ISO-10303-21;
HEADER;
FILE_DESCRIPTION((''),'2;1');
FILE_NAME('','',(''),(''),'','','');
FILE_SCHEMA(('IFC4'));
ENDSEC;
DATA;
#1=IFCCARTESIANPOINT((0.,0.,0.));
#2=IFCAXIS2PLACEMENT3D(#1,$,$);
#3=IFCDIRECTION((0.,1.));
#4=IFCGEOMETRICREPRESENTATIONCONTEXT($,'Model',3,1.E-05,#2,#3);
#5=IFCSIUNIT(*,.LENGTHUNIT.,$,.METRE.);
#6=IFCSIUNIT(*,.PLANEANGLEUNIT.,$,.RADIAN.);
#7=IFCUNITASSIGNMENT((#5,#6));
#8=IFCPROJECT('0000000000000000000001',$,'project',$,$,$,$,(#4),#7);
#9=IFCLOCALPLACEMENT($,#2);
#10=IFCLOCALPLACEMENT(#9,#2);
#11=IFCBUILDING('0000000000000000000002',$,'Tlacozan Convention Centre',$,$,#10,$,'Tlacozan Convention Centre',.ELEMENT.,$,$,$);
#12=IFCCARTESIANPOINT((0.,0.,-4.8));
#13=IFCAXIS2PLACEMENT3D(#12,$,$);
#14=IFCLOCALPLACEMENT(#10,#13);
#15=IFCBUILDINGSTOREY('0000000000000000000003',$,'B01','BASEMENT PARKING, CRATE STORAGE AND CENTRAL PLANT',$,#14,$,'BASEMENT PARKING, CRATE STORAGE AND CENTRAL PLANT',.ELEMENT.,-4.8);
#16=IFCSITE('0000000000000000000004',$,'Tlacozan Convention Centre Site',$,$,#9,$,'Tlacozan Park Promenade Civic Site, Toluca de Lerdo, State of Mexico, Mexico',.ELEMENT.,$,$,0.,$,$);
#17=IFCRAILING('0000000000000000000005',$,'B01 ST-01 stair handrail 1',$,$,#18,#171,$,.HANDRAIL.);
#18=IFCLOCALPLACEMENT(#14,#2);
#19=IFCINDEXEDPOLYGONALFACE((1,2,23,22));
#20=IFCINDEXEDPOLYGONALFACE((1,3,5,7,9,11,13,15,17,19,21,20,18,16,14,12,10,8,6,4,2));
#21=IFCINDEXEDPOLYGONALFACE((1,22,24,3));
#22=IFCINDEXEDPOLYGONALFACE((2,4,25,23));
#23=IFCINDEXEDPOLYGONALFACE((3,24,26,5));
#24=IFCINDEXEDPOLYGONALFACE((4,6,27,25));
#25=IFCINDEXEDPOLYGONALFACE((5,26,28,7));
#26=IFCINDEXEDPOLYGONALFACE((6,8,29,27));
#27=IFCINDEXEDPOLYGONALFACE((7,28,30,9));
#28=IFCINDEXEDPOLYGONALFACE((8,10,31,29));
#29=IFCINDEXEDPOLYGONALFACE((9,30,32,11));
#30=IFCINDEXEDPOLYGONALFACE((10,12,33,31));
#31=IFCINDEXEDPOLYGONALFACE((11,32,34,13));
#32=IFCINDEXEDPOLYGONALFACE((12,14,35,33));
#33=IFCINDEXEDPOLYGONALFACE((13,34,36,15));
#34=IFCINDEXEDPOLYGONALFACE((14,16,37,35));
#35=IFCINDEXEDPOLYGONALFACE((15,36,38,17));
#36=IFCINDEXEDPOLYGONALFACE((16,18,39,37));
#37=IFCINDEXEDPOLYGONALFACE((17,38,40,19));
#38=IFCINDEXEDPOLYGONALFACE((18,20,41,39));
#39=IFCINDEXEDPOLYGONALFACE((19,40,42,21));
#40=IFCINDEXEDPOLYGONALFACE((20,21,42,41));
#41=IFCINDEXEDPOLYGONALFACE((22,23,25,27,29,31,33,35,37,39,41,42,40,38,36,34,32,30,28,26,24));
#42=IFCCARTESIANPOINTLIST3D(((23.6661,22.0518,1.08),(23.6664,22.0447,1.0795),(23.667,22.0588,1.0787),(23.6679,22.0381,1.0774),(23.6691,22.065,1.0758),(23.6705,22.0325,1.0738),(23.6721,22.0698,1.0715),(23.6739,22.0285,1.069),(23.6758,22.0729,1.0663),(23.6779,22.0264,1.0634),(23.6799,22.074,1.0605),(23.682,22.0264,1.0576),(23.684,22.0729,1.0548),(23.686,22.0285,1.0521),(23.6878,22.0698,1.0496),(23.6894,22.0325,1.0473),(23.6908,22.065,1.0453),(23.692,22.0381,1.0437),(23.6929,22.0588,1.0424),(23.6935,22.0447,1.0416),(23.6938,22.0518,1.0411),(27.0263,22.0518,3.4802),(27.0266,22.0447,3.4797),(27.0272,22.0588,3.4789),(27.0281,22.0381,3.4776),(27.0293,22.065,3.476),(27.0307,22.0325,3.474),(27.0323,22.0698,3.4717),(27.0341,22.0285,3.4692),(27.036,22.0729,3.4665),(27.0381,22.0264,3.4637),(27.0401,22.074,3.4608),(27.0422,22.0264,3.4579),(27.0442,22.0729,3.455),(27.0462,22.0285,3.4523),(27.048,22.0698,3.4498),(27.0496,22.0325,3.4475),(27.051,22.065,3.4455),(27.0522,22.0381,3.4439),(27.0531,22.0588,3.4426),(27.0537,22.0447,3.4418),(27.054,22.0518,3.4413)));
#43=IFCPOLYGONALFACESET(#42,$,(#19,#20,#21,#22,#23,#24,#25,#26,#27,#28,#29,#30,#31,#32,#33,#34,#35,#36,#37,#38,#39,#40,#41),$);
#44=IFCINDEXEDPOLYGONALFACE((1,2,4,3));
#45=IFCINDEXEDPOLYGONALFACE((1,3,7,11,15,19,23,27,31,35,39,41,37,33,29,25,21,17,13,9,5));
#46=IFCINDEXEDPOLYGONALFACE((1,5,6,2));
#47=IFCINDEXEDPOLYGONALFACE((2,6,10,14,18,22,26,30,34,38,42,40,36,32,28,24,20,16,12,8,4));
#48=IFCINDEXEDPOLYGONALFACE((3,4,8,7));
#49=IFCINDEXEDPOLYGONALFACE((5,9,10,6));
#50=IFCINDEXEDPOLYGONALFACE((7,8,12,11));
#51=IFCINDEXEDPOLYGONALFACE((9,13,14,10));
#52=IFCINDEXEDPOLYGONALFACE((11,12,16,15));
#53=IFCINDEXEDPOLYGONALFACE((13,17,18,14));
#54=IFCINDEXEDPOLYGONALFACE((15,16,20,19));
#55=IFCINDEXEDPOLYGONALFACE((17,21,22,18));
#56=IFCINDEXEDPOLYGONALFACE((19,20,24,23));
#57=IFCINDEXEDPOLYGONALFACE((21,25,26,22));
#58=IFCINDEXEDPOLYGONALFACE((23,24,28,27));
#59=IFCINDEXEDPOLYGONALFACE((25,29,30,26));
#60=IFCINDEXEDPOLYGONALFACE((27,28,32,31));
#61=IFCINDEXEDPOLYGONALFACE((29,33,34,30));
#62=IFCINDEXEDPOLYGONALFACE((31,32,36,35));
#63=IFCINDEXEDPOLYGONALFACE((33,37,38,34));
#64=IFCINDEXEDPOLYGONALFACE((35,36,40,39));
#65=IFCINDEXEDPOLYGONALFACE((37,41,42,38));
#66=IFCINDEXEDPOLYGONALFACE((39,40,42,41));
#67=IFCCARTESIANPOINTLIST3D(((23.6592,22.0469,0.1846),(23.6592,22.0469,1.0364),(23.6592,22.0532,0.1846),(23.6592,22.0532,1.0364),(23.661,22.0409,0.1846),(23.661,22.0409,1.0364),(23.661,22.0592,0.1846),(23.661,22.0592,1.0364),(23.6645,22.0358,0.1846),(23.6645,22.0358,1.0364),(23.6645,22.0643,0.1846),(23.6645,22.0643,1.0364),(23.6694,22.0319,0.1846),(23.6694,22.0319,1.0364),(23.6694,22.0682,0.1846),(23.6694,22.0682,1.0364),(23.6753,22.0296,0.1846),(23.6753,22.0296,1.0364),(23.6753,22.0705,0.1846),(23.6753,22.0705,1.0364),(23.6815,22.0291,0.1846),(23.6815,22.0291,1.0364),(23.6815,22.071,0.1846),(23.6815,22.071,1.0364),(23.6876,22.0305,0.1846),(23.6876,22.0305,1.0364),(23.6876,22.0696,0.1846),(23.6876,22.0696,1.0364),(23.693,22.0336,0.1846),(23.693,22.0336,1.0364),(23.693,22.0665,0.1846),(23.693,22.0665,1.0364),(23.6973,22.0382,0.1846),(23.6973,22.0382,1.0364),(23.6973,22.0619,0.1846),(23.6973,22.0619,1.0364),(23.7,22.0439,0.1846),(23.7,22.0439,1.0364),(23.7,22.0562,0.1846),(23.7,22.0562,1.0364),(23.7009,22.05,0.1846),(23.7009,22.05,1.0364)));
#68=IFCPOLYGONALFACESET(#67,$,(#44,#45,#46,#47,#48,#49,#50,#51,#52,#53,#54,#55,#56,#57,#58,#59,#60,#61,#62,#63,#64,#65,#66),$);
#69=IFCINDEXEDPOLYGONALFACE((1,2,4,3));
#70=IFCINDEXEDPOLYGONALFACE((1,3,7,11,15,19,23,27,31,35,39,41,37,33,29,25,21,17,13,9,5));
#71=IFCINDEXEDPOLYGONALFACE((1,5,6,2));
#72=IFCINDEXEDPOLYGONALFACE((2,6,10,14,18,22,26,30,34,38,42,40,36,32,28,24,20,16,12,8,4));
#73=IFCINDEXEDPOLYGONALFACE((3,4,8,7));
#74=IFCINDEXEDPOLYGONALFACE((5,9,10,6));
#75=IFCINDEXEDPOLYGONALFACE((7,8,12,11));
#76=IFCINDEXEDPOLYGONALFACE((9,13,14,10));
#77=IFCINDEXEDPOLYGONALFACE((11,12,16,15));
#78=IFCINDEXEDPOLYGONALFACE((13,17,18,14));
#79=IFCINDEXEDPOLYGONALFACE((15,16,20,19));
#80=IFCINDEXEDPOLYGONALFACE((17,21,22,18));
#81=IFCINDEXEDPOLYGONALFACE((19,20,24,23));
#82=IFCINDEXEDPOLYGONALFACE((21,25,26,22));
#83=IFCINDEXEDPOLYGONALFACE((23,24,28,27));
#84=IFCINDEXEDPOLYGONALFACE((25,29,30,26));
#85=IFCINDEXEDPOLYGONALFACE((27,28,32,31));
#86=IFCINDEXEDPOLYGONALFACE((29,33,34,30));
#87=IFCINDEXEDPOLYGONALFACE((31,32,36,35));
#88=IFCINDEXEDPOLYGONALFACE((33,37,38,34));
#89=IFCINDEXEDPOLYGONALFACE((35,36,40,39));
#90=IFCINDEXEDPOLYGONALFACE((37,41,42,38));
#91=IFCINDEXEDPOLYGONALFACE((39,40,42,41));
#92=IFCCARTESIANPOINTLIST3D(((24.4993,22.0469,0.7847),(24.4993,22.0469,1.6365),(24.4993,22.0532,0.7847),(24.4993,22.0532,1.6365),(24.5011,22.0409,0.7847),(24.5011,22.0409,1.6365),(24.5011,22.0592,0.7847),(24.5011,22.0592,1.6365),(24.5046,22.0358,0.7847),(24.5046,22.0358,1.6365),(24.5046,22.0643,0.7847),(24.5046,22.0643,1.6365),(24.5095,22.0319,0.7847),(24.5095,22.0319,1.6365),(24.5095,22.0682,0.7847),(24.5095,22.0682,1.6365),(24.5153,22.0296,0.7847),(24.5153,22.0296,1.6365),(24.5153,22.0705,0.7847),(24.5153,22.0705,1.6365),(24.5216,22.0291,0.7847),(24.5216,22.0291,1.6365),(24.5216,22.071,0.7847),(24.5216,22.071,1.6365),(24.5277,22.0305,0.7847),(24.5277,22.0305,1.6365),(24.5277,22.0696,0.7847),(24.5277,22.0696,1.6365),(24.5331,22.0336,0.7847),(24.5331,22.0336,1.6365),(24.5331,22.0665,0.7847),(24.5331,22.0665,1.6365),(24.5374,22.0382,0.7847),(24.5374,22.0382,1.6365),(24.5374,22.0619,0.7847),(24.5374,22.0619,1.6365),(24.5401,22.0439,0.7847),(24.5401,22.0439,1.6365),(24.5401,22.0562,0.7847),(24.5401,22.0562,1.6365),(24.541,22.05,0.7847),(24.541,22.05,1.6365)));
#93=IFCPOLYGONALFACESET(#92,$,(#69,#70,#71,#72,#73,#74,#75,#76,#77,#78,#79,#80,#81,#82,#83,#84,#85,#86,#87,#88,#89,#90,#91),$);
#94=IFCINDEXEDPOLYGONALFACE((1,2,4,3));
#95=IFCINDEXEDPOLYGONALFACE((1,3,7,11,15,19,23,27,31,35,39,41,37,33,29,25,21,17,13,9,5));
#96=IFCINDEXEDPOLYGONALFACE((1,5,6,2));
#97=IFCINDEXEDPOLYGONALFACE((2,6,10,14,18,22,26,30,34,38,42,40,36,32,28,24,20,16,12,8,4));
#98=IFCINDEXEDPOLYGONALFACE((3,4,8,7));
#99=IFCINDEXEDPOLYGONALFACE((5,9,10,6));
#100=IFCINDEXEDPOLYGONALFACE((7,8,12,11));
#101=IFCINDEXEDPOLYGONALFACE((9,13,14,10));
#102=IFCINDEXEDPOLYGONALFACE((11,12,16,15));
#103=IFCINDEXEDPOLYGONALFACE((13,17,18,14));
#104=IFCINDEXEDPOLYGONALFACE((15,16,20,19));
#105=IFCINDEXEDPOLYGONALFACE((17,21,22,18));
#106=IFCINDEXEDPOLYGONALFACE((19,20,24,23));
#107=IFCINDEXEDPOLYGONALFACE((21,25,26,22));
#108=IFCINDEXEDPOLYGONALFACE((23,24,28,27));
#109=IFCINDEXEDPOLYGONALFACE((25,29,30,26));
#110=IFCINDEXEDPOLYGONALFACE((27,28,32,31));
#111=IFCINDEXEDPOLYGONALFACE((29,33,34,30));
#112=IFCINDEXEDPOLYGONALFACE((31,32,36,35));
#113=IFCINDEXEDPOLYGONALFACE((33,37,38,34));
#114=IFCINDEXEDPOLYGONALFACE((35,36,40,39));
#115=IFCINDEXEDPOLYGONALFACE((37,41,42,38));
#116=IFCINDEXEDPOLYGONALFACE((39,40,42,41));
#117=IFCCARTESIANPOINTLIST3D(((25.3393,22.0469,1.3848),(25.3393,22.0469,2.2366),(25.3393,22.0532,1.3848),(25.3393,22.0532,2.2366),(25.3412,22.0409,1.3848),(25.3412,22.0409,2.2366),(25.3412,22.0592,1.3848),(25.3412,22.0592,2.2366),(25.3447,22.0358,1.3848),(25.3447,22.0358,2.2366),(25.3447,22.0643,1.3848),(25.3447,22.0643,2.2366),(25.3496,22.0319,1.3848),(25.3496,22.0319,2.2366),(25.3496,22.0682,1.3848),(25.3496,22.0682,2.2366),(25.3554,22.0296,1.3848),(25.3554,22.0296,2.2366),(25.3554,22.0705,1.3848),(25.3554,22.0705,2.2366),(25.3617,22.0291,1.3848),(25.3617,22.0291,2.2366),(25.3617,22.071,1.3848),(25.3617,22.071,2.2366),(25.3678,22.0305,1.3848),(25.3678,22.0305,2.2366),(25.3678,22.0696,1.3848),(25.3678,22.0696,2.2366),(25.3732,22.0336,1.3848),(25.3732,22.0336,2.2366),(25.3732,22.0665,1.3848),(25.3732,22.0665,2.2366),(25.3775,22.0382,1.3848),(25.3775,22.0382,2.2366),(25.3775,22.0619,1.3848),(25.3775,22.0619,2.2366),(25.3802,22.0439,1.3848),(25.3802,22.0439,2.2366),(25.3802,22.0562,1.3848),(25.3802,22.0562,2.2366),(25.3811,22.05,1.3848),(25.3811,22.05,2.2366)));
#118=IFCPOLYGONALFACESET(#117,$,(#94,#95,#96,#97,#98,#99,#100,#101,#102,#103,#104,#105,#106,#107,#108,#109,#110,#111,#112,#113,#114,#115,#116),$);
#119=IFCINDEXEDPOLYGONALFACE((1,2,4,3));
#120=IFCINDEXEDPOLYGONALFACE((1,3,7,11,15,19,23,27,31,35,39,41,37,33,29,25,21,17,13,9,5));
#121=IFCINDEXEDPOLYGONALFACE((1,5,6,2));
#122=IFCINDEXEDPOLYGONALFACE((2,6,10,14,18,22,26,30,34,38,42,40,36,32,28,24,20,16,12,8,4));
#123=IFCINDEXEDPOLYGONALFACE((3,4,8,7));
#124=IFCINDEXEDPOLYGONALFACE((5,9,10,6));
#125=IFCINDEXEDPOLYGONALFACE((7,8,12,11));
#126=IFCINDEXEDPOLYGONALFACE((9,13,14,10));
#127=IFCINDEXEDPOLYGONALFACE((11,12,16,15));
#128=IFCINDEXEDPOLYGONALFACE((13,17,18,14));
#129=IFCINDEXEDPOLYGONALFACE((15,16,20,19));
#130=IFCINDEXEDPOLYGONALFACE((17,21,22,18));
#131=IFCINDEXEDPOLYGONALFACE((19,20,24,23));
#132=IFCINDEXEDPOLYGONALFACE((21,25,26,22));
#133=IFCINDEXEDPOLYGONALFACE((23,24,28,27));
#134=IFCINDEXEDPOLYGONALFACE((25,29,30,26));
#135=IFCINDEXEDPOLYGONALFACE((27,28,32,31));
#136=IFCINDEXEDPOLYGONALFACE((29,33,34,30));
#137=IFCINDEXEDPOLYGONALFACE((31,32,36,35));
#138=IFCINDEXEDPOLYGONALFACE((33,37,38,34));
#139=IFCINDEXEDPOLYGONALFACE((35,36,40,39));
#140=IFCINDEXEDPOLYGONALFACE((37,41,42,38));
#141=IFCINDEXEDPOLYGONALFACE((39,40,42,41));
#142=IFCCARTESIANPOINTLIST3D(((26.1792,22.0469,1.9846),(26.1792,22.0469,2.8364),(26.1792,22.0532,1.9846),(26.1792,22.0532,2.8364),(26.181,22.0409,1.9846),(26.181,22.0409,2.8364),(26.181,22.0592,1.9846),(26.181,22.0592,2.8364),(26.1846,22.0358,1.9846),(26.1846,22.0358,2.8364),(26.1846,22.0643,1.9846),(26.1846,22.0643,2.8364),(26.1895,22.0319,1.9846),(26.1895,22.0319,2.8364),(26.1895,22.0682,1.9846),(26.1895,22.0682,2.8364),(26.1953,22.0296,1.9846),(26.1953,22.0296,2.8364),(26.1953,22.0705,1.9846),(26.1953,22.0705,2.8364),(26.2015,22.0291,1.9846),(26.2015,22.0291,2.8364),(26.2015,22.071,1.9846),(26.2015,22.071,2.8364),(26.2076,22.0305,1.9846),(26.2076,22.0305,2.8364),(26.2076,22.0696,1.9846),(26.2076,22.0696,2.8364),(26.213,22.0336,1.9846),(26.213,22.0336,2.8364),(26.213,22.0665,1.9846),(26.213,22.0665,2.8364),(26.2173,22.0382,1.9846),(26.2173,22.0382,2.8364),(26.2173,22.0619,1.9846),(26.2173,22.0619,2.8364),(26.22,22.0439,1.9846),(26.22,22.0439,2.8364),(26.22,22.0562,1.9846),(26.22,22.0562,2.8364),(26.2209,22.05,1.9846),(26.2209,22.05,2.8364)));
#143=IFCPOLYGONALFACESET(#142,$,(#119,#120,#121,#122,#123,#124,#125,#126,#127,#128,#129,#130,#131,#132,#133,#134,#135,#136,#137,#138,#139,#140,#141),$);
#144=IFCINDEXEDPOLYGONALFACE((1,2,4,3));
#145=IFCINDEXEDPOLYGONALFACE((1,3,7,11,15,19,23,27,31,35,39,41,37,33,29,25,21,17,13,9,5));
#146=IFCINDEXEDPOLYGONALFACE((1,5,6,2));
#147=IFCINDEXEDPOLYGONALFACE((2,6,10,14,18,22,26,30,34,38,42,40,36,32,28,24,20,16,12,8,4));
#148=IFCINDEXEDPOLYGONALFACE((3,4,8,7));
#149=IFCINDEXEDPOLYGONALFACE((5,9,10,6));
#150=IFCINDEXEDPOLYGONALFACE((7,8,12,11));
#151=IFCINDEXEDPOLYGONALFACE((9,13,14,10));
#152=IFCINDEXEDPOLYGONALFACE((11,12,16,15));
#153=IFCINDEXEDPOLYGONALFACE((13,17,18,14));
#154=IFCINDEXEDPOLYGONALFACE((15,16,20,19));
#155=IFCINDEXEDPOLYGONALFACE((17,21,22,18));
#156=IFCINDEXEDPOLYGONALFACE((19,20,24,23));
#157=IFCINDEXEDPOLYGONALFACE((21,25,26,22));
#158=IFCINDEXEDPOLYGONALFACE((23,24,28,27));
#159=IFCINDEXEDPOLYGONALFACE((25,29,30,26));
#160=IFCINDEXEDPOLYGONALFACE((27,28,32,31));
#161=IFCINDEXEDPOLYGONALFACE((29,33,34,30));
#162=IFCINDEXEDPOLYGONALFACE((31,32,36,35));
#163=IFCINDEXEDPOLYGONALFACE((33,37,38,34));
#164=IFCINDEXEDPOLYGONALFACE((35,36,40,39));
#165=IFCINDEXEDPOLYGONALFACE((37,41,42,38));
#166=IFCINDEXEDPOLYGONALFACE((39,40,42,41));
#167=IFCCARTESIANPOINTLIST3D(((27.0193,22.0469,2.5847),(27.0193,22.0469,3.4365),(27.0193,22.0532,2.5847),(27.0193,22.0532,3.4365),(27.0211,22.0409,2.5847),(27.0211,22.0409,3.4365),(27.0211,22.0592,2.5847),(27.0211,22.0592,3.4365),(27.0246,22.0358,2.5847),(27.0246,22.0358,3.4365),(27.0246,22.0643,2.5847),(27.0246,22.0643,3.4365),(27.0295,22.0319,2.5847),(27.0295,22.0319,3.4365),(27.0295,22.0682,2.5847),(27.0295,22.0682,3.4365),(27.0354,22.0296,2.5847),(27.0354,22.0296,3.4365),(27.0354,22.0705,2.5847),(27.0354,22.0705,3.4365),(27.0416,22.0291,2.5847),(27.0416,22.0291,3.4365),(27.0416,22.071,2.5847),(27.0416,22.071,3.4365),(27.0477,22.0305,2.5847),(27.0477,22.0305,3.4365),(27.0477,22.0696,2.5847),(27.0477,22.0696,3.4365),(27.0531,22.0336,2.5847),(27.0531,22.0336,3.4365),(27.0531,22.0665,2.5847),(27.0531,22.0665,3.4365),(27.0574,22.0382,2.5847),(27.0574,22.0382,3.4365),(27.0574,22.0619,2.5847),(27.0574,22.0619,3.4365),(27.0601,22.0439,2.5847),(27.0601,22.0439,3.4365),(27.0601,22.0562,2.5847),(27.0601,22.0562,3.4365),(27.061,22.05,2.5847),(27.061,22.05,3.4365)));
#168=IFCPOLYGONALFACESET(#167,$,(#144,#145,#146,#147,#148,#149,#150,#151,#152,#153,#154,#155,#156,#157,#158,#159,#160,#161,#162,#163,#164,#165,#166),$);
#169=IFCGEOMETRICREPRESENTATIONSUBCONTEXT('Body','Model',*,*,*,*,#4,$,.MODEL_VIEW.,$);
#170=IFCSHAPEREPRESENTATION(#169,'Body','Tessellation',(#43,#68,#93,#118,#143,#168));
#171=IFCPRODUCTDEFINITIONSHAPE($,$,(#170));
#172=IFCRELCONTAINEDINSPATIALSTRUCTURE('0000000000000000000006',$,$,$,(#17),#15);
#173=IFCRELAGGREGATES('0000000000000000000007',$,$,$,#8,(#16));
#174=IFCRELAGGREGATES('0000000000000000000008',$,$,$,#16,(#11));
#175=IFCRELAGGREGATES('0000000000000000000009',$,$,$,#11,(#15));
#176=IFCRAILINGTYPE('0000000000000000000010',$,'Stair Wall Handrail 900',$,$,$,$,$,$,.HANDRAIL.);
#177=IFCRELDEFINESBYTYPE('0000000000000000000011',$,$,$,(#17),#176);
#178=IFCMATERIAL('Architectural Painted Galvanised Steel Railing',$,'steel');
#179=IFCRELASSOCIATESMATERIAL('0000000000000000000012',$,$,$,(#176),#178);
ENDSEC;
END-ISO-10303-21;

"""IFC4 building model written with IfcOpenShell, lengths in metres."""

from ifc_helpers import new_model, si_unit, direction, frame, origin, origin_2d, place, context, subcontext, project, spatial, circle, extrude, material, type_object, element, save


model = new_model("IFC4")

# Units and contexts
model_context = context("Model", 3, precision=1e-05, world=origin(), true_north=direction((0.0, 1.0)))
body_context = subcontext(model_context, "Body", "Model", "MODEL_VIEW")
ifc_project = project(units=[si_unit("LENGTHUNIT", "METRE"), si_unit("PLANEANGLEUNIT", "RADIAN")], contexts=[model_context])

# Site, building, storey
site_placement = place(None, origin())
site = spatial("IfcSite", under=ifc_project, at=site_placement, Name="Tlacozan Convention Centre Site", LongName="Tlacozan Park Promenade Civic Site, Toluca de Lerdo, State of Mexico, Mexico", CompositionType="ELEMENT", RefElevation=0.0)
building_placement = place(site_placement, origin())
building = spatial("IfcBuilding", under=site, at=building_placement, Name="Tlacozan Convention Centre", LongName="Tlacozan Convention Centre", CompositionType="ELEMENT")
storey_placement = place(building_placement, frame((0.0, 0.0, -4.8)))
storey = spatial("IfcBuildingStorey", under=building, at=storey_placement, Name="B01", Description="BASEMENT PARKING, CRATE STORAGE AND CENTRAL PLANT", LongName="BASEMENT PARKING, CRATE STORAGE AND CENTRAL PLANT", CompositionType="ELEMENT", Elevation=-4.8)

# Railing
ifc_material_1 = material(Name="Architectural Painted Galvanised Steel Railing", Category="steel")
railing_type = type_object("IfcRailingType", Name="Stair Wall Handrail 900", PredefinedType="HANDRAIL", material=ifc_material_1)
railing_placement = place(storey_placement, frame((23.6799, 22.05, 0.1846)))
element("IfcRailing", 1, at=railing_placement, inside=storey, type_object=railing_type, Name="B01 ST-01 stair handrail 1", PredefinedType="HANDRAIL", context=body_context, shape_type="SweptSolid", body=[
    extrude(circle(Radius=0.0239, at=origin_2d()), frame((0.0, 0.0, 0.876), z_axis=(0.813725, 0.0, 0.581249), x_axis=(0.0, 1.0, 0.0)), (0.0, 0.0, 1.0), 4.1294),
    extrude(circle(Radius=0.021, at=origin_2d()), origin(), (0.0, 0.0, 1.0), 0.8518),
    extrude(circle(Radius=0.021, at=origin_2d()), frame((0.8401, 0.0, 0.6001)), (0.0, 0.0, 1.0), 0.8518),
    extrude(circle(Radius=0.021, at=origin_2d()), frame((1.6802, 0.0, 1.2002)), (0.0, 0.0, 1.0), 0.8518),
    extrude(circle(Radius=0.021, at=origin_2d()), frame((2.52, 0.0, 1.8)), (0.0, 0.0, 1.0), 0.8518),
    extrude(circle(Radius=0.021, at=origin_2d()), frame((3.3601, 0.0, 2.4001)), (0.0, 0.0, 1.0), 0.8518),
])

save(model, "model.ifc")
